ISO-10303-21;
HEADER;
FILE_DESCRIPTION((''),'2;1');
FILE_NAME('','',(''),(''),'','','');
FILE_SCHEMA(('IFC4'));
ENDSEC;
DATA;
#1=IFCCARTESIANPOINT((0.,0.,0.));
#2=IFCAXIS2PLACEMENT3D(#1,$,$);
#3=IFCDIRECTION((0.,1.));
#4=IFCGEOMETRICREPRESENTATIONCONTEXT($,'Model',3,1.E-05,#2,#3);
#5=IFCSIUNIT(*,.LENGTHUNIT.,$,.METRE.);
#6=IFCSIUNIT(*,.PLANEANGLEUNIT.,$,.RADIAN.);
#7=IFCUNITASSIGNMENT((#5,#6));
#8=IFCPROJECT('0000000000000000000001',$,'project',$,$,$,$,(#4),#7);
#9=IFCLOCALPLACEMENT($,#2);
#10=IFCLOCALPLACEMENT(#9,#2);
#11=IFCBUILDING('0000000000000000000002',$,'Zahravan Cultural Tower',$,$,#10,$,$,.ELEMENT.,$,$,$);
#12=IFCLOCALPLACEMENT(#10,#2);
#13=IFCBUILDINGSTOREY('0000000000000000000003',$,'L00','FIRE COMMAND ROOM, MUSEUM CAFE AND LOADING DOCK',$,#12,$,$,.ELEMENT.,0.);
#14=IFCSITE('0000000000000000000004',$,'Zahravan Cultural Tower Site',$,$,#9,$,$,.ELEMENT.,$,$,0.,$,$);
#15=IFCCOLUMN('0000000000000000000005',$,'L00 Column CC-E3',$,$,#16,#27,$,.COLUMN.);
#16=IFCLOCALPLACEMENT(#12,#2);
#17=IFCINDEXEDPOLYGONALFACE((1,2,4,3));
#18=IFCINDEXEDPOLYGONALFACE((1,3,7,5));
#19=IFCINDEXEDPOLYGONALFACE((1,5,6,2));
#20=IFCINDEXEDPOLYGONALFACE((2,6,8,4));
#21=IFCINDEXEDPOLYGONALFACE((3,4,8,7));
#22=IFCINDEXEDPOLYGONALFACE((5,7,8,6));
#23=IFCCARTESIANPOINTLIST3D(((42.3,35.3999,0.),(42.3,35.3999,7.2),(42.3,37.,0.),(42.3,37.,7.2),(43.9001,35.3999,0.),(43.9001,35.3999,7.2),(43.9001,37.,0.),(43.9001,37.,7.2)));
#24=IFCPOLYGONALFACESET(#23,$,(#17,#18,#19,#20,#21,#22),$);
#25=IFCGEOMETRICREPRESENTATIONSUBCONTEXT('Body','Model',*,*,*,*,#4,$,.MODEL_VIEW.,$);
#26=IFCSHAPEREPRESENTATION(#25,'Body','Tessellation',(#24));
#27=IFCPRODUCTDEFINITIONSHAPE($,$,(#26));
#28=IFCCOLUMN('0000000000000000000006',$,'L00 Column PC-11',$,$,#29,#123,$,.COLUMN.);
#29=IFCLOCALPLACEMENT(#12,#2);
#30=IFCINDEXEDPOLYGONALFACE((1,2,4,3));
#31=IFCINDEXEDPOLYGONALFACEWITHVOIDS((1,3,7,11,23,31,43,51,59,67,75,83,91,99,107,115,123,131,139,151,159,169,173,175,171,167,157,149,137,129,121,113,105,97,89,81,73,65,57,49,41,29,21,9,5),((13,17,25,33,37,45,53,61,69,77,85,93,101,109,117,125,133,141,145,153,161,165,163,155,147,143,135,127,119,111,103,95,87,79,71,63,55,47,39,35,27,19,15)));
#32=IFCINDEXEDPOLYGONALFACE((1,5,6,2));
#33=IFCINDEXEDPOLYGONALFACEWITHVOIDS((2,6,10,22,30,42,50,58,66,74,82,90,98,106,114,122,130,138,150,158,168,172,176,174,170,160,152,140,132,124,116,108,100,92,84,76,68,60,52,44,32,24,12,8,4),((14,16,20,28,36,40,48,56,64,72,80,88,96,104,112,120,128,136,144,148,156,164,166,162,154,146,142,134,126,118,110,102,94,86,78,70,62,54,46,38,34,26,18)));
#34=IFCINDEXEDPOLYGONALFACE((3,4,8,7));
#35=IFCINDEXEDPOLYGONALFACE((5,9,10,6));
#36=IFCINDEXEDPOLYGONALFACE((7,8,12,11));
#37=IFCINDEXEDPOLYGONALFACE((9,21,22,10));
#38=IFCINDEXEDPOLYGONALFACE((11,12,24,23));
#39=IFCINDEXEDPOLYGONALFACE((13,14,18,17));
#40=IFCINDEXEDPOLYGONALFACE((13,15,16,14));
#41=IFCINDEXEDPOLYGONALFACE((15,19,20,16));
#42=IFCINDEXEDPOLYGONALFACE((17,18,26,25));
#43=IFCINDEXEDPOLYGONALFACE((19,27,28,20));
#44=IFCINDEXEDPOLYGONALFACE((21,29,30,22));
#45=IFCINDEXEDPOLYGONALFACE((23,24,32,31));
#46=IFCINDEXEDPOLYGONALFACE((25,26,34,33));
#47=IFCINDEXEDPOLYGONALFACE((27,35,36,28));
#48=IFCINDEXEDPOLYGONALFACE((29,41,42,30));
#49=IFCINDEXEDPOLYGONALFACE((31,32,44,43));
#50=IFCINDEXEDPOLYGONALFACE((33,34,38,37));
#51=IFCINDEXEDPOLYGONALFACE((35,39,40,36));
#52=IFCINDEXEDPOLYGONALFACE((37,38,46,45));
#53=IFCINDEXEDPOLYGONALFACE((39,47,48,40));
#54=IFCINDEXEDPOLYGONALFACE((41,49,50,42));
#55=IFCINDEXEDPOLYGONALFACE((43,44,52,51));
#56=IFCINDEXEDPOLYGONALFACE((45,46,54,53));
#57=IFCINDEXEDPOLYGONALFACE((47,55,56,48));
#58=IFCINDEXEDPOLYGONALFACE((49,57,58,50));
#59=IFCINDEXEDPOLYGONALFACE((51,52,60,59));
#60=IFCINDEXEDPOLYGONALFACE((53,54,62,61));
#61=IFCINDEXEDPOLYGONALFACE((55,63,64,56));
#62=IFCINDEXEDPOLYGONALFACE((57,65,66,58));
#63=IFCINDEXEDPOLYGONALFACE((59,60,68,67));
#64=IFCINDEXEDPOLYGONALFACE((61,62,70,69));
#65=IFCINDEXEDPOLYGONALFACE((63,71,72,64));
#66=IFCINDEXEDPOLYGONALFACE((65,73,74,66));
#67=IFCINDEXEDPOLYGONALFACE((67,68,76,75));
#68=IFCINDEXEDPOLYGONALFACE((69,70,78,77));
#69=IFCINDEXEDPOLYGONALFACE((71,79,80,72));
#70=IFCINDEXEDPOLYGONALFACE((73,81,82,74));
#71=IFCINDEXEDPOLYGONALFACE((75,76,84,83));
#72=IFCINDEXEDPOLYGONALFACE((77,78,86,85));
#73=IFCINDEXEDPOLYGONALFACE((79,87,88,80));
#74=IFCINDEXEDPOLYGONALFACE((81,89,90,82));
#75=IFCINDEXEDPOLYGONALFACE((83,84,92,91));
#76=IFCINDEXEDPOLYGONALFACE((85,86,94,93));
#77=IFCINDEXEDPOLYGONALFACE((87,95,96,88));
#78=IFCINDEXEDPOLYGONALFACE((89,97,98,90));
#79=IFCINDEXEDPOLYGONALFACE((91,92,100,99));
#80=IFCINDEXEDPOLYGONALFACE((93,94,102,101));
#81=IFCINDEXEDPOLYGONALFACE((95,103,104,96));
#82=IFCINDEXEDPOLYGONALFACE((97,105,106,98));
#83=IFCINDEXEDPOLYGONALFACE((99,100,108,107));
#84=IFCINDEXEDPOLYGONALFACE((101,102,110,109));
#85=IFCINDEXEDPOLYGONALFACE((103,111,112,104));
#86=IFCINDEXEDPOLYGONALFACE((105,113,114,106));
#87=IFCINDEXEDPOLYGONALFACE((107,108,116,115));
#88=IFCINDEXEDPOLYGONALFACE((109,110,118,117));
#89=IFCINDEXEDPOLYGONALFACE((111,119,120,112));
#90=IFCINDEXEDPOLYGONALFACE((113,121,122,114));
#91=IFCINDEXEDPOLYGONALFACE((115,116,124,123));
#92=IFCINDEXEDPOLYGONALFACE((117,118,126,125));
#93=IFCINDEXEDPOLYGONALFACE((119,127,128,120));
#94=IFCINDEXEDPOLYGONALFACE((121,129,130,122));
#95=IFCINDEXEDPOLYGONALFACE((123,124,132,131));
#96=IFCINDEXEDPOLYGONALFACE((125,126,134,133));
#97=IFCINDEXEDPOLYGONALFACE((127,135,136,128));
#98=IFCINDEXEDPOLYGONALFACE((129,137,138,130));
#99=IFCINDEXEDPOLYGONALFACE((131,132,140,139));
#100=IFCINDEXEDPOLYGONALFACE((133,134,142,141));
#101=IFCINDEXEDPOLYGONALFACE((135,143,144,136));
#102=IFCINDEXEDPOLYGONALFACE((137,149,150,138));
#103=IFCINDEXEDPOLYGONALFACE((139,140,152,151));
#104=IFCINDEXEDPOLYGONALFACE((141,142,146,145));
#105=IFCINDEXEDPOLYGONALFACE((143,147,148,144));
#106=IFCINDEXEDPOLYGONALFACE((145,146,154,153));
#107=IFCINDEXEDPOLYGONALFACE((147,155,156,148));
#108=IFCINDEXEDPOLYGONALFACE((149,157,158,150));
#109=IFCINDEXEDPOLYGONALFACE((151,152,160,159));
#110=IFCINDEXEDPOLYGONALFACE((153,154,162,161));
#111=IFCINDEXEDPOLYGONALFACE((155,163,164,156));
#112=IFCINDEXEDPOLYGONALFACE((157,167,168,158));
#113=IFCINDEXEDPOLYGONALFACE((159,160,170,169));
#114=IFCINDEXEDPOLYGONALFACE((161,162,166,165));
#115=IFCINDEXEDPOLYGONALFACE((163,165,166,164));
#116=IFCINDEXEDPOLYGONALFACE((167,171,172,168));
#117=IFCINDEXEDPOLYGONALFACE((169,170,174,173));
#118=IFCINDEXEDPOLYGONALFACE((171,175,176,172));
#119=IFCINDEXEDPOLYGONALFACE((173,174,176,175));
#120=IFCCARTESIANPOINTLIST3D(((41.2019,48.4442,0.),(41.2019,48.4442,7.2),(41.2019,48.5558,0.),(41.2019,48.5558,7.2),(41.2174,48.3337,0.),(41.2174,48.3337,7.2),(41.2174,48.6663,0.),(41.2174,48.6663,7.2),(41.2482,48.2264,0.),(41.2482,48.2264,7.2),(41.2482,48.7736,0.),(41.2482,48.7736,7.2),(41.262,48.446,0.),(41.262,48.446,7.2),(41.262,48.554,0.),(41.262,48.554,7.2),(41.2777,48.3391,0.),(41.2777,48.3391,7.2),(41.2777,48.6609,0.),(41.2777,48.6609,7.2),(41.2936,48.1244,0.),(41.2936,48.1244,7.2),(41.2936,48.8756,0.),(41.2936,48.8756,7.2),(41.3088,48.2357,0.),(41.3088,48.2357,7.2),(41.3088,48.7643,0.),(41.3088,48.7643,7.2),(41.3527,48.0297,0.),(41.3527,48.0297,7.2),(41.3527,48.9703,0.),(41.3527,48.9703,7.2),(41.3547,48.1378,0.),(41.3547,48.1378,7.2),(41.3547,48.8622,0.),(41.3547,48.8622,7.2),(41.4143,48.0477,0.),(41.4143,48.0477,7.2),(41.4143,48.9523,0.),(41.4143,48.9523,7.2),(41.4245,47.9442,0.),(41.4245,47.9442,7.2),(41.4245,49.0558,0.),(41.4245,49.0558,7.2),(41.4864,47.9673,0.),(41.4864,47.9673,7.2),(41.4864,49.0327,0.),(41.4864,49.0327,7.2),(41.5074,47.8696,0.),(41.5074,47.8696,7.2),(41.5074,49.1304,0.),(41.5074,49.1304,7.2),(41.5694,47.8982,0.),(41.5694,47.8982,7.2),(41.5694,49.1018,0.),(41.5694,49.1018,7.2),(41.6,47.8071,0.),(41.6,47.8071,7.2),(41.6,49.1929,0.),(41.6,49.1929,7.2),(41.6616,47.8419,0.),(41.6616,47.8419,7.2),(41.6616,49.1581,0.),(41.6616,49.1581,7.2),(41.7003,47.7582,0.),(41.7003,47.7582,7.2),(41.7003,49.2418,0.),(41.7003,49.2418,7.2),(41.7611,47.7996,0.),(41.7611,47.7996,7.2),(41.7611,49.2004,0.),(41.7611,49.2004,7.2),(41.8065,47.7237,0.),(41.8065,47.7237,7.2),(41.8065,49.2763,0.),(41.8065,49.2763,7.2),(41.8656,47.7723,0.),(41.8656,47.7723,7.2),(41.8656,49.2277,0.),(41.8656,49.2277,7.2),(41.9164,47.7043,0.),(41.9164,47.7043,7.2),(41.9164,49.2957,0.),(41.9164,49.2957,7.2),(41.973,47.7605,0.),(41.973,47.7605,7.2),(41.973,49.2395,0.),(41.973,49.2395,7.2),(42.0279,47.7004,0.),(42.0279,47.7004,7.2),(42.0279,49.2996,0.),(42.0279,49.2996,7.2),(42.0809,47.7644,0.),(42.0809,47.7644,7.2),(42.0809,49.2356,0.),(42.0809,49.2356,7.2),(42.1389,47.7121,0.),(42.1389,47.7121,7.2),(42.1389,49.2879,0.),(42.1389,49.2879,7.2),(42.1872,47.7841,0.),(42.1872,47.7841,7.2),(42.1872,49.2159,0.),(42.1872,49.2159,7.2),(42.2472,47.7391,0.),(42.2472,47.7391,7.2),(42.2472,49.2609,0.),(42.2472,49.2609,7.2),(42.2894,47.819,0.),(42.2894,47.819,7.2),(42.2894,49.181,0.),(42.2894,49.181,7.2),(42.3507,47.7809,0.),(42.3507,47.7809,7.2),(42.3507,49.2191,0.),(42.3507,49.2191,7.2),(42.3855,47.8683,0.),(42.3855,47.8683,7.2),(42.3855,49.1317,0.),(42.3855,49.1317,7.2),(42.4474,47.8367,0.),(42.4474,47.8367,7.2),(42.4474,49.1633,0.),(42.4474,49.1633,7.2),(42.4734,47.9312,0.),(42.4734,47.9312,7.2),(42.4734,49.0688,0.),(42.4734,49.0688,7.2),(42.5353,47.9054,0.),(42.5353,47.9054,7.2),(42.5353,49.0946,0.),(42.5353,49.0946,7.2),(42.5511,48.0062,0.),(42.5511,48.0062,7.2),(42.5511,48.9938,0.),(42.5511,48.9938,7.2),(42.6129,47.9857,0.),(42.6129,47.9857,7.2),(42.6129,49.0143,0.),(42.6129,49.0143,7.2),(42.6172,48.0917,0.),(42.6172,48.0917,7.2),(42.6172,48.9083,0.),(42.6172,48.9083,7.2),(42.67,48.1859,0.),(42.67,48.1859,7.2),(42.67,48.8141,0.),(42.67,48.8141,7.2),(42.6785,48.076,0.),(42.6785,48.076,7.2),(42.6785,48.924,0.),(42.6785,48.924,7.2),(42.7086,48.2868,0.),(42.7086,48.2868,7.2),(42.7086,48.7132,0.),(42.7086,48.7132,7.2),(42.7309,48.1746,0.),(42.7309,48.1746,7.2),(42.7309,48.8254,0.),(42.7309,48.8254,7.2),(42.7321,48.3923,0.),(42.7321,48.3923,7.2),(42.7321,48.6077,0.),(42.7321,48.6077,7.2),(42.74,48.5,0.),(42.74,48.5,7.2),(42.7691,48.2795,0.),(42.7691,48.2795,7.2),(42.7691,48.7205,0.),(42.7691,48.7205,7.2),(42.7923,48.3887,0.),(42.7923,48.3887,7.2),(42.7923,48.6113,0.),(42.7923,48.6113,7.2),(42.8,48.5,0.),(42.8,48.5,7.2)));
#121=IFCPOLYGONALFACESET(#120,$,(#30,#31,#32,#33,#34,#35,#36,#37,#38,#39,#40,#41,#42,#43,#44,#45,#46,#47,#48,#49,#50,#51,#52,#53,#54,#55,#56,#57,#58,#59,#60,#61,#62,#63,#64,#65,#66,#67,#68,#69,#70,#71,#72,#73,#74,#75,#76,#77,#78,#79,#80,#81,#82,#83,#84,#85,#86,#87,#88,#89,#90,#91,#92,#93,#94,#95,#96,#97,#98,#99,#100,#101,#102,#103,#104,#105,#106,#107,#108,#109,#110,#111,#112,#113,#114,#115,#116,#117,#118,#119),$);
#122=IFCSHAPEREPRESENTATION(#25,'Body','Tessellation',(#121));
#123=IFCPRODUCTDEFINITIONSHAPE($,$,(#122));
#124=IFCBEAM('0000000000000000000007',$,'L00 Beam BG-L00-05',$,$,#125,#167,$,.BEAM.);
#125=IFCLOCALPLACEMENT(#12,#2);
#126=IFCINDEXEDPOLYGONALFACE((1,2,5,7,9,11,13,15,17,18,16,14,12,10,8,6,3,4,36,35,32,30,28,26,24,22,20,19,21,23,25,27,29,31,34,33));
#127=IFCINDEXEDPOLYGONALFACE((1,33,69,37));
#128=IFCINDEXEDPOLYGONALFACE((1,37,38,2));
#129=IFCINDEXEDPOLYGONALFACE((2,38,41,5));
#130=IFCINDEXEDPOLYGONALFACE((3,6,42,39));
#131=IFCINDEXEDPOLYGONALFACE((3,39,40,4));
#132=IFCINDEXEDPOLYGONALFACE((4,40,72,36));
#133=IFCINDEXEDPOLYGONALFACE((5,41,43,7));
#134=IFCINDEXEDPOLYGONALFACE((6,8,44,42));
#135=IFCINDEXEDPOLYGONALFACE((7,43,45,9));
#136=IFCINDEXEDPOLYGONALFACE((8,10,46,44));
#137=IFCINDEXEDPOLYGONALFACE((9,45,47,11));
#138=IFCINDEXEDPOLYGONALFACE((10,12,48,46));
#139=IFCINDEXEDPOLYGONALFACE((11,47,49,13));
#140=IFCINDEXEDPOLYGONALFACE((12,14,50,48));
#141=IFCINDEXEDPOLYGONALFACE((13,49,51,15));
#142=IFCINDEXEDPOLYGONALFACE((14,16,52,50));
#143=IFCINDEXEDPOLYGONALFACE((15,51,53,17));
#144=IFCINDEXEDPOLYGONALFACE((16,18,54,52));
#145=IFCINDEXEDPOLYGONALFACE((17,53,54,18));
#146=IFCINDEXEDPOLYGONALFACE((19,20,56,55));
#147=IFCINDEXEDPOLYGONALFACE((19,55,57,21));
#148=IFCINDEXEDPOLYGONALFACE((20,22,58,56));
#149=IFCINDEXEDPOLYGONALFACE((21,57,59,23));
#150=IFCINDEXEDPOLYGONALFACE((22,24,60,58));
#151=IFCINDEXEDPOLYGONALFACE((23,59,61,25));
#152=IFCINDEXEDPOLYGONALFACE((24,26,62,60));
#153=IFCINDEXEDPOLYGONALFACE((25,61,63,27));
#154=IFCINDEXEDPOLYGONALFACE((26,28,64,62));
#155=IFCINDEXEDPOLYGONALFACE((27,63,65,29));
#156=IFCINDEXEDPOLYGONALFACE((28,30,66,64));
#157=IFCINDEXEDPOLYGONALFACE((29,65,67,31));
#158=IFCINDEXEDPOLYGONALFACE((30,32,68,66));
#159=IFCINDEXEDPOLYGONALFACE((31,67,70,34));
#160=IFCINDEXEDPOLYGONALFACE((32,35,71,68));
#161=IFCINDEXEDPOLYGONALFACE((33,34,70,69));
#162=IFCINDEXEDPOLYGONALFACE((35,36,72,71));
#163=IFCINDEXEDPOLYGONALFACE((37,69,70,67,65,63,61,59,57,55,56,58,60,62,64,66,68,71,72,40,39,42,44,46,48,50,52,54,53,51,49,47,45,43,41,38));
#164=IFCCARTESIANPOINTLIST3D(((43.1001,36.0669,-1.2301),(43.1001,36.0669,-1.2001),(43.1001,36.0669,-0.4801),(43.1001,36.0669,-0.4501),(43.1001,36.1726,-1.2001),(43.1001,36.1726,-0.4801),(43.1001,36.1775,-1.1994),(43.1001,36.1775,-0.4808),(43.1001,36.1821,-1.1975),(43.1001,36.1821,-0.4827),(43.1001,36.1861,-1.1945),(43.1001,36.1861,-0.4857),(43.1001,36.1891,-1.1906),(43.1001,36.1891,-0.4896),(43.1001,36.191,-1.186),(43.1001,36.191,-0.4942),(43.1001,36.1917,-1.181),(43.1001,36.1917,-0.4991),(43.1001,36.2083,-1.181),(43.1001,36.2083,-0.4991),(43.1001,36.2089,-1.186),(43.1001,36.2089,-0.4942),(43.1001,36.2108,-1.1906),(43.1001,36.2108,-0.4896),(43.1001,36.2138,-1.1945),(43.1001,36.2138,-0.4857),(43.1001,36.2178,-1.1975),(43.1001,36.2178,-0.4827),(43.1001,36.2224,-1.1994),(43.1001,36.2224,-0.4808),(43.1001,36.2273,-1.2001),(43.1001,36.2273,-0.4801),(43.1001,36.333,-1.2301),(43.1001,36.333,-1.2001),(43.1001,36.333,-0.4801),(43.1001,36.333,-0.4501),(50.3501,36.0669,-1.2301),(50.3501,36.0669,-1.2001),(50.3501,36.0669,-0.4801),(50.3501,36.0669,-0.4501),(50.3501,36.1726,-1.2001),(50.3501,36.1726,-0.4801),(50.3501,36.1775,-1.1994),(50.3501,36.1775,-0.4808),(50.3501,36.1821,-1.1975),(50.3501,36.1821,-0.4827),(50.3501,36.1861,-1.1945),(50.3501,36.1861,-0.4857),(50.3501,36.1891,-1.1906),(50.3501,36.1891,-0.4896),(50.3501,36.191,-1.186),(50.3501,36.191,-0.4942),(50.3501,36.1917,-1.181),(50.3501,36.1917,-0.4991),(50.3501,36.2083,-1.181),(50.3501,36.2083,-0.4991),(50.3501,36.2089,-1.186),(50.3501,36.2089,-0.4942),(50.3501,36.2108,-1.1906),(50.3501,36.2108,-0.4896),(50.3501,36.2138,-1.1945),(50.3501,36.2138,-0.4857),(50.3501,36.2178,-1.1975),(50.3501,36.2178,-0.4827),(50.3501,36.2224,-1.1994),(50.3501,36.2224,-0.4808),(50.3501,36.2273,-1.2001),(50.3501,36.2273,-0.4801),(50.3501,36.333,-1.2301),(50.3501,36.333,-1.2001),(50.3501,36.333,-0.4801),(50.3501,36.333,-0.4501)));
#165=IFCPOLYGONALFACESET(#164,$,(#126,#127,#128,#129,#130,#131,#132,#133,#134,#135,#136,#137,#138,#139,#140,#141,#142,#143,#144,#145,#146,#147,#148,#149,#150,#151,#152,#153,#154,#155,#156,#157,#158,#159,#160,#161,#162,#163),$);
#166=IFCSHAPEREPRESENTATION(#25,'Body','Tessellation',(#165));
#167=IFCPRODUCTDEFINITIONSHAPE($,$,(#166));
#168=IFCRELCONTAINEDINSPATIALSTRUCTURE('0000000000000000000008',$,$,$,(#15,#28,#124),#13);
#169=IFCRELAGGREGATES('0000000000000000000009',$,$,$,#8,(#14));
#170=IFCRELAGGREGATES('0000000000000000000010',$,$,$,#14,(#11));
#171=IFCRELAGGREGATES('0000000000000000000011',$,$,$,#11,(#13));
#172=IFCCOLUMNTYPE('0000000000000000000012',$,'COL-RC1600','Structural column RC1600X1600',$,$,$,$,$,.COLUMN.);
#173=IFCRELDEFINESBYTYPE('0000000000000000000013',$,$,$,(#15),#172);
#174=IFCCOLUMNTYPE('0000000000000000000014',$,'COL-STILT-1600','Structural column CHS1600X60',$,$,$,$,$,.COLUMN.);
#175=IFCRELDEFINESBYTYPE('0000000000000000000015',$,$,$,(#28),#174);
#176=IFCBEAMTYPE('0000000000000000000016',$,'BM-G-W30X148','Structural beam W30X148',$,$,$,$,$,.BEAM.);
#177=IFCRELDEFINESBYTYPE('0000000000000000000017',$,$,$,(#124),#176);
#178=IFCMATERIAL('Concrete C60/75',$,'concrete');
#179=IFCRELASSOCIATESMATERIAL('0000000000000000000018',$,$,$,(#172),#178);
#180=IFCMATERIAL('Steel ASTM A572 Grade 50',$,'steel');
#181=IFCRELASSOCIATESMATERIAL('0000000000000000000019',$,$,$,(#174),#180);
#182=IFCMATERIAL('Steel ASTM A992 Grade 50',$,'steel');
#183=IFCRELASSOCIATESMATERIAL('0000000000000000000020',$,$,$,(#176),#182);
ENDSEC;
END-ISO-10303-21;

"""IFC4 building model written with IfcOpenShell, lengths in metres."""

from ifc_helpers import new_model, si_unit, direction, frame, origin, origin_2d, place, context, subcontext, project, spatial, rectangle, hollow_circle, i_section, extrude, source, transform, mapped, material, material_profile, profile_set, type_object, element, save


model = new_model("IFC4")

# Units and contexts
model_context = context("Model", 3, precision=1e-05, world=origin(), true_north=direction((0.0, 1.0)))
body_context = subcontext(model_context, "Body", "Model", "MODEL_VIEW")
ifc_project = project(units=[si_unit("LENGTHUNIT", "METRE"), si_unit("PLANEANGLEUNIT", "RADIAN")], contexts=[model_context])

# Site, building, storey
site_placement = place(None, origin())
site = spatial("IfcSite", under=ifc_project, at=site_placement, Name="Zahravan Cultural Tower Site", CompositionType="ELEMENT", RefElevation=0.0)
building_placement = place(site_placement, origin())
building = spatial("IfcBuilding", under=site, at=building_placement, Name="Zahravan Cultural Tower", CompositionType="ELEMENT")
storey_placement = place(building_placement, origin())
storey = spatial("IfcBuildingStorey", under=building, at=storey_placement, Name="L00", Description="FIRE COMMAND ROOM, MUSEUM CAFE AND LOADING DOCK", CompositionType="ELEMENT", Elevation=0.0)

# Columns
ifc_material_1 = material(Name="Concrete C60/75", Category="concrete")
ifc_material_profile_1 = material_profile(ifc_material_1, rectangle(XDim=1.6001, YDim=1.6001, at=origin_2d()), Name="RC1600X1600")
ifc_profile_set_1 = profile_set([ifc_material_profile_1], Name="Concrete C60/75")
column_type_1 = type_object("IfcColumnType", Name="COL-RC1600", Description="Structural column RC1600X1600", PredefinedType="COLUMN", material=ifc_profile_set_1)
shared_shape_1 = source(origin(), body_context, "Body", "SweptSolid", [
    extrude(rectangle(XDim=1.6001, YDim=1.6001, at=origin_2d()), origin(), (0.0, 0.0, 1.0), 7.2),
])
column_1_placement = place(storey_placement, frame((43.1001, 36.2, 0.0), z_axis=(0.0, 0.0, 1.0), x_axis=(1.0, 0.0, 0.0)))
element("IfcColumn", 1, at=column_1_placement, inside=storey, type_object=column_type_1, Name="L00 Column CC-E3", PredefinedType="COLUMN", context=body_context, shape_type="MappedRepresentation", body=[
    mapped(shared_shape_1, transform((0.0, 0.0, 0.0), x_axis=(1.0, 0.0, 0.0), y_axis=(0.0, 1.0, 0.0), z_axis=(0.0, 0.0, 1.0), scale=1.0)),
])
ifc_material_2 = material(Name="Steel ASTM A572 Grade 50", Category="steel")
ifc_material_profile_2 = material_profile(ifc_material_2, hollow_circle(Radius=0.8, WallThickness=0.0601, at=origin_2d()), Name="CHS1600X60")
ifc_profile_set_2 = profile_set([ifc_material_profile_2], Name="Steel ASTM A572 Grade 50")
column_type_2 = type_object("IfcColumnType", Name="COL-STILT-1600", Description="Structural column CHS1600X60", PredefinedType="COLUMN", material=ifc_profile_set_2)
shared_shape_2 = source(origin(), body_context, "Body", "SweptSolid", [
    extrude(hollow_circle(Radius=0.8, WallThickness=0.0601, at=origin_2d()), origin(), (0.0, 0.0, 1.0), 7.2),
])
column_2_placement = place(storey_placement, frame((42.0, 48.5, 0.0), z_axis=(0.0, 0.0, 1.0), x_axis=(1.0, 0.0, 0.0)))
element("IfcColumn", 2, at=column_2_placement, inside=storey, type_object=column_type_2, Name="L00 Column PC-11", PredefinedType="COLUMN", context=body_context, shape_type="MappedRepresentation", body=[
    mapped(shared_shape_2, transform((0.0, 0.0, 0.0), x_axis=(1.0, 0.0, 0.0), y_axis=(0.0, 1.0, 0.0), z_axis=(0.0, 0.0, 1.0), scale=1.0)),
])

# Beam
ifc_material_3 = material(Name="Steel ASTM A992 Grade 50", Category="steel")
ifc_material_profile_3 = material_profile(ifc_material_3, i_section(OverallWidth=0.2661, OverallDepth=0.78, WebThickness=0.0166, FlangeThickness=0.03, FilletRadius=0.019, at=origin_2d()), Name="W30X148")
ifc_profile_set_3 = profile_set([ifc_material_profile_3], Name="Steel ASTM A992 Grade 50")
beam_type_1 = type_object("IfcBeamType", Name="BM-G-W30X148", Description="Structural beam W30X148", PredefinedType="BEAM", material=ifc_profile_set_3)
shared_shape_3 = source(origin(), body_context, "Body", "SweptSolid", [
    extrude(i_section(OverallWidth=0.2661, OverallDepth=0.78, WebThickness=0.0166, FlangeThickness=0.03, FilletRadius=0.019, at=origin_2d()), origin(), (0.0, 0.0, 1.0), 7.25),
])
beam_1_placement = place(storey_placement, frame((43.1001, 36.2, -0.8401), z_axis=(1.0, 0.0, 0.0), x_axis=(0.0, 1.0, 0.0)))
element("IfcBeam", 3, at=beam_1_placement, inside=storey, type_object=beam_type_1, Name="L00 Beam BG-L00-05", PredefinedType="BEAM", context=body_context, shape_type="MappedRepresentation", body=[
    mapped(shared_shape_3, transform((0.0, 0.0, 0.0), x_axis=(1.0, 0.0, 0.0), y_axis=(0.0, 1.0, 0.0), z_axis=(0.0, 0.0, 1.0), scale=1.0)),
])

save(model, "model.ifc")
